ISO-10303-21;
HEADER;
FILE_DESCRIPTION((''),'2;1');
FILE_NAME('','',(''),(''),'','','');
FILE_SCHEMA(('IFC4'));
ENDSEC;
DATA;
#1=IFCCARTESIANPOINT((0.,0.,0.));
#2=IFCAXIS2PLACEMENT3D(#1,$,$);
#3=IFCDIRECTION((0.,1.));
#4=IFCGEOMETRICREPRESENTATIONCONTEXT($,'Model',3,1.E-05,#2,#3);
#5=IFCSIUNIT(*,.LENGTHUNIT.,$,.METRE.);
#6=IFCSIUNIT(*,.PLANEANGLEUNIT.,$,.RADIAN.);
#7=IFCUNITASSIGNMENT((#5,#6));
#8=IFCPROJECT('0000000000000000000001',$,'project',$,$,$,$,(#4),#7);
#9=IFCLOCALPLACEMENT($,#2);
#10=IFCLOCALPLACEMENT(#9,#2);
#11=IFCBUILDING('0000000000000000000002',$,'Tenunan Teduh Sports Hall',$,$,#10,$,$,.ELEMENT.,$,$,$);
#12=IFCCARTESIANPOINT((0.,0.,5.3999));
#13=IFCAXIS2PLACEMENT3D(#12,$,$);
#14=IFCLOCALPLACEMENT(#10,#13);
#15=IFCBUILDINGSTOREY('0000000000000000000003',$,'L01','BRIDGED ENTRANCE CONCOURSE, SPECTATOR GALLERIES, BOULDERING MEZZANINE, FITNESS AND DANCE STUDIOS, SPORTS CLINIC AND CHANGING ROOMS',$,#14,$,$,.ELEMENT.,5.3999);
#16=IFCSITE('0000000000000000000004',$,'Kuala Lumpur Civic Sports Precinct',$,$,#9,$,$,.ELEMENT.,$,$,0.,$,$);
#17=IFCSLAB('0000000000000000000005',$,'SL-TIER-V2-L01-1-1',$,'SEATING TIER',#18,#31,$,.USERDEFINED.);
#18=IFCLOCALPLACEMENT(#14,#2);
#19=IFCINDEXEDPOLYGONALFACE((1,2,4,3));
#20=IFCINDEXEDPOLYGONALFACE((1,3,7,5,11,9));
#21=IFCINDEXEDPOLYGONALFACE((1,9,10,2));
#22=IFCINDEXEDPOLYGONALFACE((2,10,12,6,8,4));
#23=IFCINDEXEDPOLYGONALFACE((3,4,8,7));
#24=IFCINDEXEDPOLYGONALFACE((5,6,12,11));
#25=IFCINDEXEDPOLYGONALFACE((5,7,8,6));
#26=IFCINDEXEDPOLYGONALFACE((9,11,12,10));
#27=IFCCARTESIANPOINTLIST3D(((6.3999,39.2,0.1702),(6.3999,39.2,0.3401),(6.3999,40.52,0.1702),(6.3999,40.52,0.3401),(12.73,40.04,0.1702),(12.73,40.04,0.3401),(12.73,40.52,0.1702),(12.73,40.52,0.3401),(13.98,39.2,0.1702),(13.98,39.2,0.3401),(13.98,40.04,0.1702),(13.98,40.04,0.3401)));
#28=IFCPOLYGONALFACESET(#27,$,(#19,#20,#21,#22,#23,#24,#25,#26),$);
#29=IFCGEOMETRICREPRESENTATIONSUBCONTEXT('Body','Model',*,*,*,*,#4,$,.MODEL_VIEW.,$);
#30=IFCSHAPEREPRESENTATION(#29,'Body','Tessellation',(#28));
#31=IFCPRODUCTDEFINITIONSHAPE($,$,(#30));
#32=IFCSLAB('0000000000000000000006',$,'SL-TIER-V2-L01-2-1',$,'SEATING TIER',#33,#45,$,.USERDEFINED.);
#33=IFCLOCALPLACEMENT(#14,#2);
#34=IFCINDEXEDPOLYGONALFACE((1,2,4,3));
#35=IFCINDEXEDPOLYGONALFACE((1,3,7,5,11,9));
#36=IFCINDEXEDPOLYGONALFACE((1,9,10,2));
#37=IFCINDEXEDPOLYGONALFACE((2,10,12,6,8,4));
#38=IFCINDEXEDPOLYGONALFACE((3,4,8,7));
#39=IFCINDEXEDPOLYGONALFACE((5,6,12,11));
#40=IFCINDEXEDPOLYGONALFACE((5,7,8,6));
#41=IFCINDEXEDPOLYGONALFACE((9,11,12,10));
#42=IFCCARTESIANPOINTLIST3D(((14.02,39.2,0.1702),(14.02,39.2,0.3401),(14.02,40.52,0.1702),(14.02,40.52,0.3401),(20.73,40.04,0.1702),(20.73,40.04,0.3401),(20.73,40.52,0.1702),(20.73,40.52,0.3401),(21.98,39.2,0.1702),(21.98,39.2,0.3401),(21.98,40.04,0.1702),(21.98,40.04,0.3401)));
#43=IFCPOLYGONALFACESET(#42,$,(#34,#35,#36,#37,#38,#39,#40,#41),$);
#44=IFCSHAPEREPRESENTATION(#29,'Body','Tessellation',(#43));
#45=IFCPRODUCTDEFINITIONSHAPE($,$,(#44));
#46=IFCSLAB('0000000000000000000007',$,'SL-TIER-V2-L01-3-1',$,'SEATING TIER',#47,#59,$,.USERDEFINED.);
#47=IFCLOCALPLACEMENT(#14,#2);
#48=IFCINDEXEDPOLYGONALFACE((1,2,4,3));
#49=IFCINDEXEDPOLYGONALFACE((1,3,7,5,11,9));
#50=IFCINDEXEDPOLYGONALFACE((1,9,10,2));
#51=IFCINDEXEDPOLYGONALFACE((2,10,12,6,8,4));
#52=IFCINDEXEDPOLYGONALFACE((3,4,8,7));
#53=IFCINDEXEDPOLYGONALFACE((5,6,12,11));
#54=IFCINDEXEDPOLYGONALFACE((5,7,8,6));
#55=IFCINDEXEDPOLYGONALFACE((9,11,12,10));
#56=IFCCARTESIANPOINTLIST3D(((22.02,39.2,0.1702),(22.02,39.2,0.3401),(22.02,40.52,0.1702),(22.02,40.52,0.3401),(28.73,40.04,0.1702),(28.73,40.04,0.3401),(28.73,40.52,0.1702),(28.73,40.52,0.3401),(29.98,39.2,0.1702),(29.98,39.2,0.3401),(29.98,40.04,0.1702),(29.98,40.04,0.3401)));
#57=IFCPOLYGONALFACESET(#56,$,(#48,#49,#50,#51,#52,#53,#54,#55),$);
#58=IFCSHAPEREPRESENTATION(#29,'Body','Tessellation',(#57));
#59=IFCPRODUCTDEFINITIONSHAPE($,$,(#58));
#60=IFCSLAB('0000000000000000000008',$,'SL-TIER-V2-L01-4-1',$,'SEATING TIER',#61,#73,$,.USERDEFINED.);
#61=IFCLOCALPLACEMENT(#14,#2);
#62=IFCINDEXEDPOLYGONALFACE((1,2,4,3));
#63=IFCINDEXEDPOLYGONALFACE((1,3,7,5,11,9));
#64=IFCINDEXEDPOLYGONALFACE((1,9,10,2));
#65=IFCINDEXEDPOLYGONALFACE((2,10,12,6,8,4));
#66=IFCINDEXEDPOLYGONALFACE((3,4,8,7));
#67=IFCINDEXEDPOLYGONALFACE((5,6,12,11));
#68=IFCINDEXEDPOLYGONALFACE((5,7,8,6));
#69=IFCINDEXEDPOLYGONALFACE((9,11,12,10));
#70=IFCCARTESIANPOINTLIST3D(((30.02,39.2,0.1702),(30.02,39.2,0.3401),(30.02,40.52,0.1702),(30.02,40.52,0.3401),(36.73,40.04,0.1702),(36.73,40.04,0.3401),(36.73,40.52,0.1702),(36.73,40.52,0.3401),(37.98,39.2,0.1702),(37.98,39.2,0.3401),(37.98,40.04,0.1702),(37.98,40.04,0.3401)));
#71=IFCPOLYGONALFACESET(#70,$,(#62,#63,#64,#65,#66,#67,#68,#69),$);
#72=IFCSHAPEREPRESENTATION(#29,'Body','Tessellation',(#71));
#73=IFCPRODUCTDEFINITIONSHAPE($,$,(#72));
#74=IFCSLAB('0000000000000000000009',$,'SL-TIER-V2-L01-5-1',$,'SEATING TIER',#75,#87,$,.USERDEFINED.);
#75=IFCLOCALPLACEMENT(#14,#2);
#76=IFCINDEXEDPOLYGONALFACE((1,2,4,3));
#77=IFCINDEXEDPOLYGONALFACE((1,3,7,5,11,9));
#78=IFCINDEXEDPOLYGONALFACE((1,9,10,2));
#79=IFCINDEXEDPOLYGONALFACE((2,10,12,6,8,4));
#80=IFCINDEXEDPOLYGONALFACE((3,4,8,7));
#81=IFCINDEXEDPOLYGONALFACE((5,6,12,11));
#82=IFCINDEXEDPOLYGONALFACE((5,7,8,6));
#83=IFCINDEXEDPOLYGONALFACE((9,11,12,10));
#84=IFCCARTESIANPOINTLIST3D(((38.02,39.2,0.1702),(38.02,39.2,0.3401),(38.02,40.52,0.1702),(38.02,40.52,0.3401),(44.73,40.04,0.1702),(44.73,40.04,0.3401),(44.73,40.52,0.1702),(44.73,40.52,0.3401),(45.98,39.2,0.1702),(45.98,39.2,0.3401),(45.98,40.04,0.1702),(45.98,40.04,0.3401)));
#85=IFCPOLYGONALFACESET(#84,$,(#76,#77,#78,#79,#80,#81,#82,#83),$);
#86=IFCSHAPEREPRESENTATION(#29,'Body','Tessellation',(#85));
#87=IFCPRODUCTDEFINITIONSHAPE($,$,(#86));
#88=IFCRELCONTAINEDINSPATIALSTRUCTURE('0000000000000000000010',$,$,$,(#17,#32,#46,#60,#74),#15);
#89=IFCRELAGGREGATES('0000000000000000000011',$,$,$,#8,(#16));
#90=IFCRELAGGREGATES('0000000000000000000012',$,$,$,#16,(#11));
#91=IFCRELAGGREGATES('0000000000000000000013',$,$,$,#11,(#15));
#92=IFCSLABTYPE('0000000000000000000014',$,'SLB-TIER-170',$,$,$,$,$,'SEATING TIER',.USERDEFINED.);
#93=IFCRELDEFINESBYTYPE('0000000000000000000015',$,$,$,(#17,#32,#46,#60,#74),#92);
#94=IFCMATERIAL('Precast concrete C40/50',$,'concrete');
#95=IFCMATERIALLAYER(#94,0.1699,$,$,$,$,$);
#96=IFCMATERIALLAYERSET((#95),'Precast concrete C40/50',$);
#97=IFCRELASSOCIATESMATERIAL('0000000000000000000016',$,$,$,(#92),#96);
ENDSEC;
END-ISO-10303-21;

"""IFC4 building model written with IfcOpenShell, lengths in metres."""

from ifc_helpers import new_model, si_unit, direction, frame, origin, place, context, subcontext, project, spatial, polyline, outline, extrude, material, layer, layer_set, type_object, element, save


model = new_model("IFC4")

# Units and contexts
model_context = context("Model", 3, precision=1e-05, world=origin(), true_north=direction((0.0, 1.0)))
body_context = subcontext(model_context, "Body", "Model", "MODEL_VIEW")
ifc_project = project(units=[si_unit("LENGTHUNIT", "METRE"), si_unit("PLANEANGLEUNIT", "RADIAN")], contexts=[model_context])

# Site, building, storey
site_placement = place(None, origin())
site = spatial("IfcSite", under=ifc_project, at=site_placement, Name="Kuala Lumpur Civic Sports Precinct", CompositionType="ELEMENT", RefElevation=0.0)
building_placement = place(site_placement, origin())
building = spatial("IfcBuilding", under=site, at=building_placement, Name="Tenunan Teduh Sports Hall", CompositionType="ELEMENT")
storey_placement = place(building_placement, frame((0.0, 0.0, 5.3999)))
storey = spatial("IfcBuildingStorey", under=building, at=storey_placement, Name="L01", Description="BRIDGED ENTRANCE CONCOURSE, SPECTATOR GALLERIES, BOULDERING MEZZANINE, FITNESS AND DANCE STUDIOS, SPORTS CLINIC AND CHANGING ROOMS", CompositionType="ELEMENT", Elevation=5.3999)

# Slabs
ifc_material_1 = material(Name="Precast concrete C40/50", Category="concrete")
ifc_layer_1 = layer(ifc_material_1, 0.1699)
ifc_layer_set_1 = layer_set([ifc_layer_1], Name="Precast concrete C40/50")
slab_type_1 = type_object("IfcSlabType", Name="SLB-TIER-170", ElementType="SEATING TIER", PredefinedType="USERDEFINED", material=ifc_layer_set_1)
slab_1_placement = place(storey_placement, frame((0.0, 0.0, 0.1702)))
element("IfcSlab", 1, at=slab_1_placement, inside=storey, type_object=slab_type_1, Name="SL-TIER-V2-L01-1-1", ObjectType="SEATING TIER", PredefinedType="USERDEFINED", context=body_context, shape_type="SweptSolid", body=[
    extrude(outline(polyline([(6.3999, 39.2), (13.98, 39.2), (13.98, 40.04), (12.73, 40.04), (12.73, 40.52), (6.3999, 40.52), (6.3999, 39.2)])), origin(), (0.0, 0.0, 1.0), 0.1699),
])
slab_2_placement = place(storey_placement, frame((0.0, 0.0, 0.1702)))
element("IfcSlab", 2, at=slab_2_placement, inside=storey, type_object=slab_type_1, Name="SL-TIER-V2-L01-2-1", ObjectType="SEATING TIER", PredefinedType="USERDEFINED", context=body_context, shape_type="SweptSolid", body=[
    extrude(outline(polyline([(14.02, 39.2), (21.98, 39.2), (21.98, 40.04), (20.73, 40.04), (20.73, 40.52), (14.02, 40.52), (14.02, 39.2)])), origin(), (0.0, 0.0, 1.0), 0.1699),
])
slab_3_placement = place(storey_placement, frame((0.0, 0.0, 0.1702)))
element("IfcSlab", 3, at=slab_3_placement, inside=storey, type_object=slab_type_1, Name="SL-TIER-V2-L01-3-1", ObjectType="SEATING TIER", PredefinedType="USERDEFINED", context=body_context, shape_type="SweptSolid", body=[
    extrude(outline(polyline([(22.02, 39.2), (29.98, 39.2), (29.98, 40.04), (28.73, 40.04), (28.73, 40.52), (22.02, 40.52), (22.02, 39.2)])), origin(), (0.0, 0.0, 1.0), 0.1699),
])
slab_4_placement = place(storey_placement, frame((0.0, 0.0, 0.1702)))
element("IfcSlab", 4, at=slab_4_placement, inside=storey, type_object=slab_type_1, Name="SL-TIER-V2-L01-4-1", ObjectType="SEATING TIER", PredefinedType="USERDEFINED", context=body_context, shape_type="SweptSolid", body=[
    extrude(outline(polyline([(30.02, 39.2), (37.98, 39.2), (37.98, 40.04), (36.73, 40.04), (36.73, 40.52), (30.02, 40.52), (30.02, 39.2)])), origin(), (0.0, 0.0, 1.0), 0.1699),
])
slab_5_placement = place(storey_placement, frame((0.0, 0.0, 0.1702)))
element("IfcSlab", 5, at=slab_5_placement, inside=storey, type_object=slab_type_1, Name="SL-TIER-V2-L01-5-1", ObjectType="SEATING TIER", PredefinedType="USERDEFINED", context=body_context, shape_type="SweptSolid", body=[
    extrude(outline(polyline([(38.02, 39.2), (45.98, 39.2), (45.98, 40.04), (44.73, 40.04), (44.73, 40.52), (38.02, 40.52), (38.02, 39.2)])), origin(), (0.0, 0.0, 1.0), 0.1699),
])

save(model, "model.ifc")
